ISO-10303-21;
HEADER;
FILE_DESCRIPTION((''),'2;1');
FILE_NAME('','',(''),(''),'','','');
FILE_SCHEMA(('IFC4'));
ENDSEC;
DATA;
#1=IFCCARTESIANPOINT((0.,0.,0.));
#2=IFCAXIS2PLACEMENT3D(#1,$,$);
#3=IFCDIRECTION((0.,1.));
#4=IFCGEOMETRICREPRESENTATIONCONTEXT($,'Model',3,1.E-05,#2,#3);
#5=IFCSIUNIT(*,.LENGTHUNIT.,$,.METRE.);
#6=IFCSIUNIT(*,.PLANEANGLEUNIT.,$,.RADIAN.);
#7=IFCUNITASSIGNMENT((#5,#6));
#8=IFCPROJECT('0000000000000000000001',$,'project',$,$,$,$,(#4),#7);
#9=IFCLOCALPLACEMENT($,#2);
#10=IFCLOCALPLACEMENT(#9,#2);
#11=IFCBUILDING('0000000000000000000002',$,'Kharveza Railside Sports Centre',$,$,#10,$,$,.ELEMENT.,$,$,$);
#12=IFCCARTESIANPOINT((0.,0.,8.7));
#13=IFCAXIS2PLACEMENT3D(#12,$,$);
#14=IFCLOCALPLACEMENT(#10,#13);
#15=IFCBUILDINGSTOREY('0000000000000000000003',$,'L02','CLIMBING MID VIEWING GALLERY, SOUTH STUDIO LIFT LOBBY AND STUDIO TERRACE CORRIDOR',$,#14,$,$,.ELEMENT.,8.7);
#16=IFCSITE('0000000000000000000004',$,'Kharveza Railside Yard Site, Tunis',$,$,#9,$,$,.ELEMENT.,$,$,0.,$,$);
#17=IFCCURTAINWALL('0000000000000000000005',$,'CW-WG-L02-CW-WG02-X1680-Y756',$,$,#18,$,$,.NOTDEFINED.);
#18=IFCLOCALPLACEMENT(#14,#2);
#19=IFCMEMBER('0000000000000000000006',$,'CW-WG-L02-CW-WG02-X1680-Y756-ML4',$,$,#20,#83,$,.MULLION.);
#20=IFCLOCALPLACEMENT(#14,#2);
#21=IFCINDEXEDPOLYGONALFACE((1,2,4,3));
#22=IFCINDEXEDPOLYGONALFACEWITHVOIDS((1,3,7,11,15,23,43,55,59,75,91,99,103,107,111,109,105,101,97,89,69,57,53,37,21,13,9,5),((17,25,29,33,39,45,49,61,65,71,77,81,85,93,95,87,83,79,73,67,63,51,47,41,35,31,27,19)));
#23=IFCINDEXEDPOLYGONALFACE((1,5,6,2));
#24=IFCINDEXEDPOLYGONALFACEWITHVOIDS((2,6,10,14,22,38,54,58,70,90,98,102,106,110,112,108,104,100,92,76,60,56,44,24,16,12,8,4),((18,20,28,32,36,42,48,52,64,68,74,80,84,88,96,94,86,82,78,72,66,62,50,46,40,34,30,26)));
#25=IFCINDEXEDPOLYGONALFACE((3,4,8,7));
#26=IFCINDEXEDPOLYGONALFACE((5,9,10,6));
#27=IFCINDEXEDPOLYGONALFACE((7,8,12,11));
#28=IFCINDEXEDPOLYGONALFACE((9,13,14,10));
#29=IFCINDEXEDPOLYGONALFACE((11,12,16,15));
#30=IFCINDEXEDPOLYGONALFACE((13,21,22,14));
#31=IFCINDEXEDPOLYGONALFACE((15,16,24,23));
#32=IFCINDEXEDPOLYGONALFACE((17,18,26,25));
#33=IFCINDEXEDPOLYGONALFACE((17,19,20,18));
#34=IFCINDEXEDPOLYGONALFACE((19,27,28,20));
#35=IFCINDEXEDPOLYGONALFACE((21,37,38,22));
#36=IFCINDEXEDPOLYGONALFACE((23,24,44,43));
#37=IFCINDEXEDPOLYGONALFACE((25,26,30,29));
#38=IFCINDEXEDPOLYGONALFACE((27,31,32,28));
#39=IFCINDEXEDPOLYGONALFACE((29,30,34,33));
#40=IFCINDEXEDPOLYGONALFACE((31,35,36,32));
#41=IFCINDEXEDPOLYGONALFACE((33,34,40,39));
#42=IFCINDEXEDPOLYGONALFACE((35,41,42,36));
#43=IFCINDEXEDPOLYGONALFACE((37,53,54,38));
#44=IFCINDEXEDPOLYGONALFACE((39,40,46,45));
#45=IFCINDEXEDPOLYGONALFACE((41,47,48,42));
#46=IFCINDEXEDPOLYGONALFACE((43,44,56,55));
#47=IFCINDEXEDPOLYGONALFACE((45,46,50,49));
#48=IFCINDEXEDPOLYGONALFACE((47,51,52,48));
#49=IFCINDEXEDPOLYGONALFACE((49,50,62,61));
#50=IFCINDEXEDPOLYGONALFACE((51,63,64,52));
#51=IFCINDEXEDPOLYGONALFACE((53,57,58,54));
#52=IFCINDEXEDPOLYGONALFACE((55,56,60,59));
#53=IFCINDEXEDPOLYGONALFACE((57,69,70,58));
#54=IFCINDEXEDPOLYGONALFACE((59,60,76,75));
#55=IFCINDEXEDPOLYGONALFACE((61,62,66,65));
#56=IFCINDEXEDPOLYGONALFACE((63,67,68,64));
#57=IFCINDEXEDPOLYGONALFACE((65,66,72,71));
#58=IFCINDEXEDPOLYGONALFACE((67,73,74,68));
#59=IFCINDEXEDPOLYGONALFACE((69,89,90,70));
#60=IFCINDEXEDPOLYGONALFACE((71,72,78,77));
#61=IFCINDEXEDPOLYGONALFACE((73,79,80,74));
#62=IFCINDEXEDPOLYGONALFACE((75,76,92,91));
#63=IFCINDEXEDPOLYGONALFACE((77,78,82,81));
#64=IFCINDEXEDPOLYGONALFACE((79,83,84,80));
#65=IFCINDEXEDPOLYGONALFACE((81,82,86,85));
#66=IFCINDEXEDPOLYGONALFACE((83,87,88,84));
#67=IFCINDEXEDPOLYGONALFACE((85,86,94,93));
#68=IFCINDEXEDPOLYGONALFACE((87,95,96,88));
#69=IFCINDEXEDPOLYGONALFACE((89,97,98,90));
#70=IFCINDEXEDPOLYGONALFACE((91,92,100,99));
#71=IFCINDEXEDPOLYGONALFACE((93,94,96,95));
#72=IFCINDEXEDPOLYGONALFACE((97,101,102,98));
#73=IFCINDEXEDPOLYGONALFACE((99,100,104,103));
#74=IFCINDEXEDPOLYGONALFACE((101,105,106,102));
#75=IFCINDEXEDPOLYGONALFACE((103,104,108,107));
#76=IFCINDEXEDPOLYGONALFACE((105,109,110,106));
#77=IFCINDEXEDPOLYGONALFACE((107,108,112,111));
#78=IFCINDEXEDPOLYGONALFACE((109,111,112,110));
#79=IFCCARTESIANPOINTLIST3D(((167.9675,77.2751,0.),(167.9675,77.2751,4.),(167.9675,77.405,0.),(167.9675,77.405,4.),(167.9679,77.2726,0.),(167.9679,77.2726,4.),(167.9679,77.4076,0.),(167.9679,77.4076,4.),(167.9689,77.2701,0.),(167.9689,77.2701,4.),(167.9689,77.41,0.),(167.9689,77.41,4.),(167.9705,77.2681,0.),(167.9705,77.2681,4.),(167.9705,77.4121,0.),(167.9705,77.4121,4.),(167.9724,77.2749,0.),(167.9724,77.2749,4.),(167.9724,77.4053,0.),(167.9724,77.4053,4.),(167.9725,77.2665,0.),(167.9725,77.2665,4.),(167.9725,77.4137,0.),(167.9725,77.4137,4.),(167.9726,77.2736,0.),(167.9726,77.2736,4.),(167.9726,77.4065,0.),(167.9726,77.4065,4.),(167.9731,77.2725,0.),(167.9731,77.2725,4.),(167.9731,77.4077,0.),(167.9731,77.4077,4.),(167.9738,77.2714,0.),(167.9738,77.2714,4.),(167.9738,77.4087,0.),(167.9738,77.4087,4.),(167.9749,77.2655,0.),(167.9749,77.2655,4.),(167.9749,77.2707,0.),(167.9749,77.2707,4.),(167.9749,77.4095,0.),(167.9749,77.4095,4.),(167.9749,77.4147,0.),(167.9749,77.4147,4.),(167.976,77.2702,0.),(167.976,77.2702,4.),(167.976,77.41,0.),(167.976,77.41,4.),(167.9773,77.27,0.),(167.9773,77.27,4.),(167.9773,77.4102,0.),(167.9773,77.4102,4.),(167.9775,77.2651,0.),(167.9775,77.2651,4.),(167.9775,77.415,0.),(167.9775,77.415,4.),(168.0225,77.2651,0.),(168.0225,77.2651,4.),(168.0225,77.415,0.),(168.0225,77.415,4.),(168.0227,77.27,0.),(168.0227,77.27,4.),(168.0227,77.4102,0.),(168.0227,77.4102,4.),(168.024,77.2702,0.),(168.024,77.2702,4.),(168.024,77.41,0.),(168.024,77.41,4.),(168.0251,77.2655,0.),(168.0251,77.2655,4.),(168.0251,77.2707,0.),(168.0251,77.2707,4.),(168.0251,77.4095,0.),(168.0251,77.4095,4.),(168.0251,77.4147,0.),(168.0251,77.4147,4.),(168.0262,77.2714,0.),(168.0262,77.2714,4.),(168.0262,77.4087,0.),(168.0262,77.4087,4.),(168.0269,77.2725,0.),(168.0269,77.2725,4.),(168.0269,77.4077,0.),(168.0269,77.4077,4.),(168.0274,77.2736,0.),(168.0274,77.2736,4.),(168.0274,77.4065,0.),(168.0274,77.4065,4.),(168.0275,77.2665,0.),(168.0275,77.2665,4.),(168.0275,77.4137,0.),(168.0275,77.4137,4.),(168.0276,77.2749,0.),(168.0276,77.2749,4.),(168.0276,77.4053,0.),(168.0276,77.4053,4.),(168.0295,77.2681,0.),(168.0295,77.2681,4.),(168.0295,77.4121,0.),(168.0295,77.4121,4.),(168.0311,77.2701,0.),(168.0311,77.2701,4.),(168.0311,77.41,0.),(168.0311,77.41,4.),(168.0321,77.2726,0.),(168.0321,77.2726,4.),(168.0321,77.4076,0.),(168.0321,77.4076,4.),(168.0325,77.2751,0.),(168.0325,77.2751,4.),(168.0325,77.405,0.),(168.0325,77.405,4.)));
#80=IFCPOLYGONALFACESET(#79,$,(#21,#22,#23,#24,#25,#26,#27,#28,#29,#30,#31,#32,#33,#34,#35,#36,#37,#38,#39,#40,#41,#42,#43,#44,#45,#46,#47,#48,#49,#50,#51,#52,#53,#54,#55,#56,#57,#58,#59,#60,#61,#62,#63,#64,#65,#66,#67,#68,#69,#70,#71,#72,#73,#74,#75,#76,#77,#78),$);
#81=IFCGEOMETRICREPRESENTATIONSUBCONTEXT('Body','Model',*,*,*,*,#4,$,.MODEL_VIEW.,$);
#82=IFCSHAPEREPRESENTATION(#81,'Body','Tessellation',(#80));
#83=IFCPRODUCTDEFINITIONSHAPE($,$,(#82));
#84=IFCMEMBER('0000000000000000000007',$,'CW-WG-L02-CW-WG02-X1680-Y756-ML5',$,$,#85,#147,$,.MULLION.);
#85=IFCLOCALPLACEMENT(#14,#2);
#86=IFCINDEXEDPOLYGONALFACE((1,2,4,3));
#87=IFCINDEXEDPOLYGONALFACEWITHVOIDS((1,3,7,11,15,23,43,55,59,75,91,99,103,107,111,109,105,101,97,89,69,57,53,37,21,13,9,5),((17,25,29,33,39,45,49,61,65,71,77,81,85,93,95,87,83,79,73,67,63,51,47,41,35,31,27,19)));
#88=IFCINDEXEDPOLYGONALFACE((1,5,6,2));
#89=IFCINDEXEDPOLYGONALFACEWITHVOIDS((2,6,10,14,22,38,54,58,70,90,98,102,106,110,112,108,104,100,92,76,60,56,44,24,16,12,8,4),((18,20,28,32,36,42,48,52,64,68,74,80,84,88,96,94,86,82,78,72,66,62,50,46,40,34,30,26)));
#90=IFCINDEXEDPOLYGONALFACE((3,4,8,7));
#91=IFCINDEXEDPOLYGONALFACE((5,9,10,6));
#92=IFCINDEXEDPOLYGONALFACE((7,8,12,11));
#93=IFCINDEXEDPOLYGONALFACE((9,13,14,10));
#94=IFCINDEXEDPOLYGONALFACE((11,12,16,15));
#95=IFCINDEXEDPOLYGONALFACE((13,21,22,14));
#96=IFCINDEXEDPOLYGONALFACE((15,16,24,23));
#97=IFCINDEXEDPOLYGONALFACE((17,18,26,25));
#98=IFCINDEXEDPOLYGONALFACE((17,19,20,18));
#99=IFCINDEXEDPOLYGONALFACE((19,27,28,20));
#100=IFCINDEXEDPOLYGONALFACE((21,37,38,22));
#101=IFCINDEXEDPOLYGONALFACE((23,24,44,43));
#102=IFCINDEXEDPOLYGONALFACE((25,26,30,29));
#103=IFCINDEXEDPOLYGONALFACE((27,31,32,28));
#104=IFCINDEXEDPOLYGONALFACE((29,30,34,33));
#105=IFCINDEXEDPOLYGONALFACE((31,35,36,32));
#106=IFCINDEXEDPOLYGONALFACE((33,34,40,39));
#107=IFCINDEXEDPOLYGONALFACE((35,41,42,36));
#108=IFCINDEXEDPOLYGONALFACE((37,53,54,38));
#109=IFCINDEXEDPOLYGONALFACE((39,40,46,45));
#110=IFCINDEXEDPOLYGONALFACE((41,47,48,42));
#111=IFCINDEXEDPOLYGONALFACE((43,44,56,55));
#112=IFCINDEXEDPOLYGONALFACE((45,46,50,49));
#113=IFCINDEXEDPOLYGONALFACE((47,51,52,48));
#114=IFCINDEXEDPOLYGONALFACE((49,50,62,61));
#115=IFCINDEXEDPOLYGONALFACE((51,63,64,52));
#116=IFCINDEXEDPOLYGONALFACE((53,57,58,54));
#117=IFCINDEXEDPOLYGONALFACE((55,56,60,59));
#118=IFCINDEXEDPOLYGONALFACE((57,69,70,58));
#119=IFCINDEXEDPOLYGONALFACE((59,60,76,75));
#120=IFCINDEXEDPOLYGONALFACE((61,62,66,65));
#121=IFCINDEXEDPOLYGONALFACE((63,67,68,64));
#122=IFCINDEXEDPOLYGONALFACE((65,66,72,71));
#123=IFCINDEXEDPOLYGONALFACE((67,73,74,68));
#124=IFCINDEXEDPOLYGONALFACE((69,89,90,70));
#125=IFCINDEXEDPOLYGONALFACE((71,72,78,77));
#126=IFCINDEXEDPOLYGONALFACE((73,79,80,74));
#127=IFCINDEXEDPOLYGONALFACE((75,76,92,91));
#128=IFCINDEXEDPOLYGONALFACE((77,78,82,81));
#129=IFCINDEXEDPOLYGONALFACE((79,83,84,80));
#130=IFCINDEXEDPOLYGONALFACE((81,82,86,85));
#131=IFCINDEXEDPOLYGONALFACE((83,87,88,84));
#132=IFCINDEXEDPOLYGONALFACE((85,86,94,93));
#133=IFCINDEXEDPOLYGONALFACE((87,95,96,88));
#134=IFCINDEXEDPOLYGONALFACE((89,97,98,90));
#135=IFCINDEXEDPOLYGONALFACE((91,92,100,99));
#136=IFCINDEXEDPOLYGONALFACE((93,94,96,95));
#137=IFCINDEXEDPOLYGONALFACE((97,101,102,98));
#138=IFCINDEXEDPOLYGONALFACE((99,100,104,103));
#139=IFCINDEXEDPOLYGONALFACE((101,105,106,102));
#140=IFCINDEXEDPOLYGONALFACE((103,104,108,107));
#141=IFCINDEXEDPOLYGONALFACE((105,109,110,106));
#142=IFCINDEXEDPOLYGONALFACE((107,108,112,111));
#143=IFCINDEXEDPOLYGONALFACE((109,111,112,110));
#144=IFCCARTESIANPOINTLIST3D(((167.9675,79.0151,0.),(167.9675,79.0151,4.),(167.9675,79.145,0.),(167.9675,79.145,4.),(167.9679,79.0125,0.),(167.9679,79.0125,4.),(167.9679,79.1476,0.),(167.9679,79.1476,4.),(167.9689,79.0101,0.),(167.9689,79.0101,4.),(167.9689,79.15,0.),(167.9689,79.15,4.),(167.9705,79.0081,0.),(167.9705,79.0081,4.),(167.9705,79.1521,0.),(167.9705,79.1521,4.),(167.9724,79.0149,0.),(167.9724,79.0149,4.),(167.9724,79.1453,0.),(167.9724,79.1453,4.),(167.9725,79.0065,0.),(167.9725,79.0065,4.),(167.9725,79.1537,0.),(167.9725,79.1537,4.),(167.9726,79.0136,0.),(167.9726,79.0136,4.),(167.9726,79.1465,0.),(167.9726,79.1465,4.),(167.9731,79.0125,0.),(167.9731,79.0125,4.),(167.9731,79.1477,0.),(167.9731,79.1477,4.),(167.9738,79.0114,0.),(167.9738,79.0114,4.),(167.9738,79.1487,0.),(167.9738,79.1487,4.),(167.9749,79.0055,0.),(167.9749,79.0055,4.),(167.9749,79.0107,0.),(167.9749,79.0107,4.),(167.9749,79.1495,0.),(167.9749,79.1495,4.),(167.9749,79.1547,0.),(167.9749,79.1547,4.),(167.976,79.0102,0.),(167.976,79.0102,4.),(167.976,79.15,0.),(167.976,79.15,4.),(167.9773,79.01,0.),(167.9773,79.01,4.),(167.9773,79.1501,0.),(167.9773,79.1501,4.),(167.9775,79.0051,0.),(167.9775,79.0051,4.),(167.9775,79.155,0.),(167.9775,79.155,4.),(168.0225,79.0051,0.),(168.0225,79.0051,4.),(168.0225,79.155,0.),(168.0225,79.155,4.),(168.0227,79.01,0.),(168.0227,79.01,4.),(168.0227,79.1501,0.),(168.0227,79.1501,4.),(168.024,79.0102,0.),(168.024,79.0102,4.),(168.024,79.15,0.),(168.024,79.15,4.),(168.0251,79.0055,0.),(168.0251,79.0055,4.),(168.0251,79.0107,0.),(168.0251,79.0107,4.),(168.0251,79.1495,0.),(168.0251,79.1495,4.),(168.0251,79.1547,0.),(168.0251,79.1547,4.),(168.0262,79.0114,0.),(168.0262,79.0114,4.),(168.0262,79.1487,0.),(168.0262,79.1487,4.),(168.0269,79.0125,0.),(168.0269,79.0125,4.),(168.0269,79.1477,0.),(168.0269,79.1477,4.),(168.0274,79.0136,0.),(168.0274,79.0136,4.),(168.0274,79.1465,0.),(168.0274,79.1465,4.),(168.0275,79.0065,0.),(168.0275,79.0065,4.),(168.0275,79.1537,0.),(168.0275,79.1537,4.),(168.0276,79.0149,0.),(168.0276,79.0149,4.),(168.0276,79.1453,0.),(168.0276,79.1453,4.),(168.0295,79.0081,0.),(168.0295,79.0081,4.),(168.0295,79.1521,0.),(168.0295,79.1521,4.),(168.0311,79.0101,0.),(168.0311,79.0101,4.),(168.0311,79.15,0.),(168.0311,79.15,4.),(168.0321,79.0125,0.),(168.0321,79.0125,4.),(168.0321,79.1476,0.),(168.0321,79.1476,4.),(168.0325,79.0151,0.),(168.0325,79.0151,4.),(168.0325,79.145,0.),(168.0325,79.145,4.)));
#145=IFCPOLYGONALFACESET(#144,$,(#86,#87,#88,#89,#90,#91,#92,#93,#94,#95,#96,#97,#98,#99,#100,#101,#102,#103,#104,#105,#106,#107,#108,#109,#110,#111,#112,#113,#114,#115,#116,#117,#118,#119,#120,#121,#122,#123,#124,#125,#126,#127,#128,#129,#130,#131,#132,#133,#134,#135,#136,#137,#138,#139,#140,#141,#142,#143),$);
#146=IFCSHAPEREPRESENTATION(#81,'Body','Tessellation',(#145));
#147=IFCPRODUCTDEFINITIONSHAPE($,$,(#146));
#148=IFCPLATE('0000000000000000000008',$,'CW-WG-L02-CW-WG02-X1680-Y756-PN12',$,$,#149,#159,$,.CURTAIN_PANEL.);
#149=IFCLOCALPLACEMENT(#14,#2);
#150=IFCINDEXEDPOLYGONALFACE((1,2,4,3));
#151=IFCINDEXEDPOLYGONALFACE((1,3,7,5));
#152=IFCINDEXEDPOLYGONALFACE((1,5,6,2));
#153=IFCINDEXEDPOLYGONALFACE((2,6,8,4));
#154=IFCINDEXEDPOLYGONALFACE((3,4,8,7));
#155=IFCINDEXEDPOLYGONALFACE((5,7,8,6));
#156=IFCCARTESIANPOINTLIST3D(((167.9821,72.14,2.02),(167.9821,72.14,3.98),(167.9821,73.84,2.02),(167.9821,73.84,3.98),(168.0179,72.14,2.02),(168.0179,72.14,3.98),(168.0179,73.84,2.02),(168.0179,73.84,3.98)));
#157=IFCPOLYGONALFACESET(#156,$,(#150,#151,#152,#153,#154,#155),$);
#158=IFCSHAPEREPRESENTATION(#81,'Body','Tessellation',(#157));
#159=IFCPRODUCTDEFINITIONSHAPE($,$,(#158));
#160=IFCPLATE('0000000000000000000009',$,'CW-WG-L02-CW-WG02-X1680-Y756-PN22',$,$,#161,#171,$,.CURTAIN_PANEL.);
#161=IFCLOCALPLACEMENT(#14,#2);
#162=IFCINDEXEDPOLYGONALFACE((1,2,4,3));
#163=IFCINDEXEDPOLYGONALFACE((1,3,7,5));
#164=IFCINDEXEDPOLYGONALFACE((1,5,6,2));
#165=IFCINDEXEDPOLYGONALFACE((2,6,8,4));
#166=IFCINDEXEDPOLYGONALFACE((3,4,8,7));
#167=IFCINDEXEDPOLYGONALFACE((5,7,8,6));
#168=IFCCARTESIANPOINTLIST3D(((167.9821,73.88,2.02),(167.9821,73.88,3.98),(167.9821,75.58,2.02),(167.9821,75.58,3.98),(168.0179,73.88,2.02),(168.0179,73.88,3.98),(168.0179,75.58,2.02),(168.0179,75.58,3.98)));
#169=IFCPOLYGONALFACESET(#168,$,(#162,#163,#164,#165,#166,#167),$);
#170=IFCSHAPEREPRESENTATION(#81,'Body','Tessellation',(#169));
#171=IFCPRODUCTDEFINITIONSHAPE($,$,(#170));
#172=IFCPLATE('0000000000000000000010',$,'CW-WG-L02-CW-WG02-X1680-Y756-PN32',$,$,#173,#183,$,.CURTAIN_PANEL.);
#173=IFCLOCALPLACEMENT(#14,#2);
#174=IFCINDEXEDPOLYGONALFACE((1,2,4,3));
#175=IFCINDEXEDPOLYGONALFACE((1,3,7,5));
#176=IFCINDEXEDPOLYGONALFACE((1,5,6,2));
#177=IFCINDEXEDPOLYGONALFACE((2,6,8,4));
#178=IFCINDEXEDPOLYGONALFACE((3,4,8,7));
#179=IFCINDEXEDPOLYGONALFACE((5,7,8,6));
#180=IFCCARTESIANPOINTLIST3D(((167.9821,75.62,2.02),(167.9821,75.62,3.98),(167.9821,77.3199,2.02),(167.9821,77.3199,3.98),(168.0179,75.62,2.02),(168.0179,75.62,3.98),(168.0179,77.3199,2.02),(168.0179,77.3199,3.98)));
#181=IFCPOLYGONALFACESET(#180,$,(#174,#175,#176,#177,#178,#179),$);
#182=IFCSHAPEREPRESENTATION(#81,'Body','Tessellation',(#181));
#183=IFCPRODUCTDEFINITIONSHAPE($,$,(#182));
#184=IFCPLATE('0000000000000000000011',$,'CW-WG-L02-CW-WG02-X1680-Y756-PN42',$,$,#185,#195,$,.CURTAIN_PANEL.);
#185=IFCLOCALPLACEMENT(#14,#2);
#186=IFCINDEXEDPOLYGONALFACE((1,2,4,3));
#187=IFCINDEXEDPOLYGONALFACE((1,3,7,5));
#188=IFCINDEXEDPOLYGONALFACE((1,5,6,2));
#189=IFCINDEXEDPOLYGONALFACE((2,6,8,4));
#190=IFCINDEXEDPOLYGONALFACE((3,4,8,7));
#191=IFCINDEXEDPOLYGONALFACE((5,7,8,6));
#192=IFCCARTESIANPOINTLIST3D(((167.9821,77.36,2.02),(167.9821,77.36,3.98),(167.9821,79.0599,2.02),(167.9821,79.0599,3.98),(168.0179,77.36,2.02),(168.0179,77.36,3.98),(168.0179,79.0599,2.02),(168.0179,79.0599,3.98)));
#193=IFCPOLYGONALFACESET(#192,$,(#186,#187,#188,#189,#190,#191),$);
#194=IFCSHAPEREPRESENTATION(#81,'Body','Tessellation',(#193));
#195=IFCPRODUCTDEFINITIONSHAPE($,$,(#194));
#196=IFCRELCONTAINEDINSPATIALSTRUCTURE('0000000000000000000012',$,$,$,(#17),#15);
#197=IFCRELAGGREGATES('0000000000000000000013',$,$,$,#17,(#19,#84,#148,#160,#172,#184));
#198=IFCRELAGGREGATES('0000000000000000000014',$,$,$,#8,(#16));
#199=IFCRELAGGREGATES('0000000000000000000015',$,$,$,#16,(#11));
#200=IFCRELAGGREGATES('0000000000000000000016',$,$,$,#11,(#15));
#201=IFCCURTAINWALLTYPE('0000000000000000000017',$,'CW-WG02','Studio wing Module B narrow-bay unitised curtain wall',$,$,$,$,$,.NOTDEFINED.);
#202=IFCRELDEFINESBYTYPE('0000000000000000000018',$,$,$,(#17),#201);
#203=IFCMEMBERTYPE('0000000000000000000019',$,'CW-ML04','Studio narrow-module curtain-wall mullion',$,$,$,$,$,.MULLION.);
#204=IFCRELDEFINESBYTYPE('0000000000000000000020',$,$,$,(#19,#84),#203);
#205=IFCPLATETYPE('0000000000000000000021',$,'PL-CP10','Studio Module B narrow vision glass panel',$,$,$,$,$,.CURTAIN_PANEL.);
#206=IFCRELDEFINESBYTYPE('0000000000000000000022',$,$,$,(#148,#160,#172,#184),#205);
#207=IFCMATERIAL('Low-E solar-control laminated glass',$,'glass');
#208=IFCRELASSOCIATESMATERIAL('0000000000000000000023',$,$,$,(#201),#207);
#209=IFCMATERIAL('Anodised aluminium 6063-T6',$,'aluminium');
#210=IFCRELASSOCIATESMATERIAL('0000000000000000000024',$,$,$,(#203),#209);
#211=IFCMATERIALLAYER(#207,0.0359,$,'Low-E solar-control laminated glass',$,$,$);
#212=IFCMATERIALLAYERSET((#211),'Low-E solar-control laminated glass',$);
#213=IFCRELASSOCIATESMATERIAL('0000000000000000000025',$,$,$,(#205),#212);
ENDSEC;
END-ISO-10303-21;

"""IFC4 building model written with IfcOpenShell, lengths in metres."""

from ifc_helpers import new_model, si_unit, direction, frame, origin, origin_2d, place, context, subcontext, project, spatial, rectangle, hollow_rectangle, extrude, material, layer, layer_set, material_profile, profile_set, type_object, element, aggregate, save


model = new_model("IFC4")

# Units and contexts
model_context = context("Model", 3, precision=1e-05, world=origin(), true_north=direction((0.0, 1.0)))
body_context = subcontext(model_context, "Body", "Model", "MODEL_VIEW")
ifc_project = project(units=[si_unit("LENGTHUNIT", "METRE"), si_unit("PLANEANGLEUNIT", "RADIAN")], contexts=[model_context])

# Site, building, storey
site_placement = place(None, origin())
site = spatial("IfcSite", under=ifc_project, at=site_placement, Name="Kharveza Railside Yard Site, Tunis", CompositionType="ELEMENT", RefElevation=0.0)
building_placement = place(site_placement, origin())
building = spatial("IfcBuilding", under=site, at=building_placement, Name="Kharveza Railside Sports Centre", CompositionType="ELEMENT")
storey_placement = place(building_placement, frame((0.0, 0.0, 8.7)))
storey = spatial("IfcBuildingStorey", under=building, at=storey_placement, Name="L02", Description="CLIMBING MID VIEWING GALLERY, SOUTH STUDIO LIFT LOBBY AND STUDIO TERRACE CORRIDOR", CompositionType="ELEMENT", Elevation=8.7)

# Curtain wall, members, plates
ifc_material_1 = material(Name="Low-E solar-control laminated glass", Category="glass")
curtain_wall_type = type_object("IfcCurtainWallType", Name="CW-WG02", Description="Studio wing Module B narrow-bay unitised curtain wall", PredefinedType="NOTDEFINED", material=ifc_material_1)
curtain_wall_placement = place(storey_placement, origin())
curtain_wall = element("IfcCurtainWall", 1, at=curtain_wall_placement, inside=storey, type_object=curtain_wall_type, Name="CW-WG-L02-CW-WG02-X1680-Y756", PredefinedType="NOTDEFINED")
ifc_material_2 = material(Name="Anodised aluminium 6063-T6", Category="aluminium")
ifc_material_profile_1 = material_profile(ifc_material_2, hollow_rectangle(XDim=0.0649, YDim=0.1499, WallThickness=0.0049, InnerFilletRadius=0.0049, OuterFilletRadius=0.01, at=origin_2d()), Name="RHS 65x150x5.0")
ifc_profile_set_1 = profile_set([ifc_material_profile_1], Name="Anodised aluminium 6063-T6")
member_type = type_object("IfcMemberType", Name="CW-ML04", Description="Studio narrow-module curtain-wall mullion", PredefinedType="MULLION", material=ifc_profile_set_1)
member_1_placement = place(storey_placement, frame((168.0, 77.3401, 0.0), z_axis=(0.0, 0.0, 1.0), x_axis=(1.0, 0.0, 0.0)))
member_1 = element("IfcMember", 2, at=member_1_placement, type_object=member_type, Name="CW-WG-L02-CW-WG02-X1680-Y756-ML4", PredefinedType="MULLION", context=body_context, shape_type="SweptSolid", body=[
    extrude(hollow_rectangle(XDim=0.0649, YDim=0.1499, WallThickness=0.0049, InnerFilletRadius=0.0049, OuterFilletRadius=0.01, at=origin_2d()), origin(), (0.0, 0.0, 1.0), 4.0),
])
member_2_placement = place(storey_placement, frame((168.0, 79.0801, 0.0), z_axis=(0.0, 0.0, 1.0), x_axis=(1.0, 0.0, 0.0)))
member_2 = element("IfcMember", 3, at=member_2_placement, type_object=member_type, Name="CW-WG-L02-CW-WG02-X1680-Y756-ML5", PredefinedType="MULLION", context=body_context, shape_type="SweptSolid", body=[
    extrude(hollow_rectangle(XDim=0.0649, YDim=0.1499, WallThickness=0.0049, InnerFilletRadius=0.0049, OuterFilletRadius=0.01, at=origin_2d()), origin(), (0.0, 0.0, 1.0), 4.0),
])
ifc_layer_1 = layer(ifc_material_1, 0.0359, Name="Low-E solar-control laminated glass")
ifc_layer_set_1 = layer_set([ifc_layer_1], Name="Low-E solar-control laminated glass")
plate_type_1 = type_object("IfcPlateType", Name="PL-CP10", Description="Studio Module B narrow vision glass panel", PredefinedType="CURTAIN_PANEL", material=ifc_layer_set_1)
plate_1_placement = place(storey_placement, frame((168.0, 72.99, 2.02), z_axis=(0.0, 0.0, 1.0), x_axis=(0.0, 1.0, 0.0)))
plate_1 = element("IfcPlate", 4, at=plate_1_placement, type_object=plate_type_1, Name="CW-WG-L02-CW-WG02-X1680-Y756-PN12", PredefinedType="CURTAIN_PANEL", context=body_context, shape_type="SweptSolid", body=[
    extrude(rectangle(XDim=1.7, YDim=0.0359, at=origin_2d()), origin(), (0.0, 0.0, 1.0), 1.96),
])
plate_2_placement = place(storey_placement, frame((168.0, 74.73, 2.02), z_axis=(0.0, 0.0, 1.0), x_axis=(0.0, 1.0, 0.0)))
plate_2 = element("IfcPlate", 5, at=plate_2_placement, type_object=plate_type_1, Name="CW-WG-L02-CW-WG02-X1680-Y756-PN22", PredefinedType="CURTAIN_PANEL", context=body_context, shape_type="SweptSolid", body=[
    extrude(rectangle(XDim=1.7, YDim=0.0359, at=origin_2d()), origin(), (0.0, 0.0, 1.0), 1.96),
])
plate_3_placement = place(storey_placement, frame((168.0, 76.47, 2.02), z_axis=(0.0, 0.0, 1.0), x_axis=(0.0, 1.0, 0.0)))
plate_3 = element("IfcPlate", 6, at=plate_3_placement, type_object=plate_type_1, Name="CW-WG-L02-CW-WG02-X1680-Y756-PN32", PredefinedType="CURTAIN_PANEL", context=body_context, shape_type="SweptSolid", body=[
    extrude(rectangle(XDim=1.7, YDim=0.0359, at=origin_2d()), origin(), (0.0, 0.0, 1.0), 1.96),
])
plate_4_placement = place(storey_placement, frame((168.0, 78.21, 2.02), z_axis=(0.0, 0.0, 1.0), x_axis=(0.0, 1.0, 0.0)))
plate_4 = element("IfcPlate", 7, at=plate_4_placement, type_object=plate_type_1, Name="CW-WG-L02-CW-WG02-X1680-Y756-PN42", PredefinedType="CURTAIN_PANEL", context=body_context, shape_type="SweptSolid", body=[
    extrude(rectangle(XDim=1.7, YDim=0.0359, at=origin_2d()), origin(), (0.0, 0.0, 1.0), 1.96),
])
aggregate(curtain_wall, [member_1, member_2, plate_1, plate_2, plate_3, plate_4])

save(model, "model.ifc")
